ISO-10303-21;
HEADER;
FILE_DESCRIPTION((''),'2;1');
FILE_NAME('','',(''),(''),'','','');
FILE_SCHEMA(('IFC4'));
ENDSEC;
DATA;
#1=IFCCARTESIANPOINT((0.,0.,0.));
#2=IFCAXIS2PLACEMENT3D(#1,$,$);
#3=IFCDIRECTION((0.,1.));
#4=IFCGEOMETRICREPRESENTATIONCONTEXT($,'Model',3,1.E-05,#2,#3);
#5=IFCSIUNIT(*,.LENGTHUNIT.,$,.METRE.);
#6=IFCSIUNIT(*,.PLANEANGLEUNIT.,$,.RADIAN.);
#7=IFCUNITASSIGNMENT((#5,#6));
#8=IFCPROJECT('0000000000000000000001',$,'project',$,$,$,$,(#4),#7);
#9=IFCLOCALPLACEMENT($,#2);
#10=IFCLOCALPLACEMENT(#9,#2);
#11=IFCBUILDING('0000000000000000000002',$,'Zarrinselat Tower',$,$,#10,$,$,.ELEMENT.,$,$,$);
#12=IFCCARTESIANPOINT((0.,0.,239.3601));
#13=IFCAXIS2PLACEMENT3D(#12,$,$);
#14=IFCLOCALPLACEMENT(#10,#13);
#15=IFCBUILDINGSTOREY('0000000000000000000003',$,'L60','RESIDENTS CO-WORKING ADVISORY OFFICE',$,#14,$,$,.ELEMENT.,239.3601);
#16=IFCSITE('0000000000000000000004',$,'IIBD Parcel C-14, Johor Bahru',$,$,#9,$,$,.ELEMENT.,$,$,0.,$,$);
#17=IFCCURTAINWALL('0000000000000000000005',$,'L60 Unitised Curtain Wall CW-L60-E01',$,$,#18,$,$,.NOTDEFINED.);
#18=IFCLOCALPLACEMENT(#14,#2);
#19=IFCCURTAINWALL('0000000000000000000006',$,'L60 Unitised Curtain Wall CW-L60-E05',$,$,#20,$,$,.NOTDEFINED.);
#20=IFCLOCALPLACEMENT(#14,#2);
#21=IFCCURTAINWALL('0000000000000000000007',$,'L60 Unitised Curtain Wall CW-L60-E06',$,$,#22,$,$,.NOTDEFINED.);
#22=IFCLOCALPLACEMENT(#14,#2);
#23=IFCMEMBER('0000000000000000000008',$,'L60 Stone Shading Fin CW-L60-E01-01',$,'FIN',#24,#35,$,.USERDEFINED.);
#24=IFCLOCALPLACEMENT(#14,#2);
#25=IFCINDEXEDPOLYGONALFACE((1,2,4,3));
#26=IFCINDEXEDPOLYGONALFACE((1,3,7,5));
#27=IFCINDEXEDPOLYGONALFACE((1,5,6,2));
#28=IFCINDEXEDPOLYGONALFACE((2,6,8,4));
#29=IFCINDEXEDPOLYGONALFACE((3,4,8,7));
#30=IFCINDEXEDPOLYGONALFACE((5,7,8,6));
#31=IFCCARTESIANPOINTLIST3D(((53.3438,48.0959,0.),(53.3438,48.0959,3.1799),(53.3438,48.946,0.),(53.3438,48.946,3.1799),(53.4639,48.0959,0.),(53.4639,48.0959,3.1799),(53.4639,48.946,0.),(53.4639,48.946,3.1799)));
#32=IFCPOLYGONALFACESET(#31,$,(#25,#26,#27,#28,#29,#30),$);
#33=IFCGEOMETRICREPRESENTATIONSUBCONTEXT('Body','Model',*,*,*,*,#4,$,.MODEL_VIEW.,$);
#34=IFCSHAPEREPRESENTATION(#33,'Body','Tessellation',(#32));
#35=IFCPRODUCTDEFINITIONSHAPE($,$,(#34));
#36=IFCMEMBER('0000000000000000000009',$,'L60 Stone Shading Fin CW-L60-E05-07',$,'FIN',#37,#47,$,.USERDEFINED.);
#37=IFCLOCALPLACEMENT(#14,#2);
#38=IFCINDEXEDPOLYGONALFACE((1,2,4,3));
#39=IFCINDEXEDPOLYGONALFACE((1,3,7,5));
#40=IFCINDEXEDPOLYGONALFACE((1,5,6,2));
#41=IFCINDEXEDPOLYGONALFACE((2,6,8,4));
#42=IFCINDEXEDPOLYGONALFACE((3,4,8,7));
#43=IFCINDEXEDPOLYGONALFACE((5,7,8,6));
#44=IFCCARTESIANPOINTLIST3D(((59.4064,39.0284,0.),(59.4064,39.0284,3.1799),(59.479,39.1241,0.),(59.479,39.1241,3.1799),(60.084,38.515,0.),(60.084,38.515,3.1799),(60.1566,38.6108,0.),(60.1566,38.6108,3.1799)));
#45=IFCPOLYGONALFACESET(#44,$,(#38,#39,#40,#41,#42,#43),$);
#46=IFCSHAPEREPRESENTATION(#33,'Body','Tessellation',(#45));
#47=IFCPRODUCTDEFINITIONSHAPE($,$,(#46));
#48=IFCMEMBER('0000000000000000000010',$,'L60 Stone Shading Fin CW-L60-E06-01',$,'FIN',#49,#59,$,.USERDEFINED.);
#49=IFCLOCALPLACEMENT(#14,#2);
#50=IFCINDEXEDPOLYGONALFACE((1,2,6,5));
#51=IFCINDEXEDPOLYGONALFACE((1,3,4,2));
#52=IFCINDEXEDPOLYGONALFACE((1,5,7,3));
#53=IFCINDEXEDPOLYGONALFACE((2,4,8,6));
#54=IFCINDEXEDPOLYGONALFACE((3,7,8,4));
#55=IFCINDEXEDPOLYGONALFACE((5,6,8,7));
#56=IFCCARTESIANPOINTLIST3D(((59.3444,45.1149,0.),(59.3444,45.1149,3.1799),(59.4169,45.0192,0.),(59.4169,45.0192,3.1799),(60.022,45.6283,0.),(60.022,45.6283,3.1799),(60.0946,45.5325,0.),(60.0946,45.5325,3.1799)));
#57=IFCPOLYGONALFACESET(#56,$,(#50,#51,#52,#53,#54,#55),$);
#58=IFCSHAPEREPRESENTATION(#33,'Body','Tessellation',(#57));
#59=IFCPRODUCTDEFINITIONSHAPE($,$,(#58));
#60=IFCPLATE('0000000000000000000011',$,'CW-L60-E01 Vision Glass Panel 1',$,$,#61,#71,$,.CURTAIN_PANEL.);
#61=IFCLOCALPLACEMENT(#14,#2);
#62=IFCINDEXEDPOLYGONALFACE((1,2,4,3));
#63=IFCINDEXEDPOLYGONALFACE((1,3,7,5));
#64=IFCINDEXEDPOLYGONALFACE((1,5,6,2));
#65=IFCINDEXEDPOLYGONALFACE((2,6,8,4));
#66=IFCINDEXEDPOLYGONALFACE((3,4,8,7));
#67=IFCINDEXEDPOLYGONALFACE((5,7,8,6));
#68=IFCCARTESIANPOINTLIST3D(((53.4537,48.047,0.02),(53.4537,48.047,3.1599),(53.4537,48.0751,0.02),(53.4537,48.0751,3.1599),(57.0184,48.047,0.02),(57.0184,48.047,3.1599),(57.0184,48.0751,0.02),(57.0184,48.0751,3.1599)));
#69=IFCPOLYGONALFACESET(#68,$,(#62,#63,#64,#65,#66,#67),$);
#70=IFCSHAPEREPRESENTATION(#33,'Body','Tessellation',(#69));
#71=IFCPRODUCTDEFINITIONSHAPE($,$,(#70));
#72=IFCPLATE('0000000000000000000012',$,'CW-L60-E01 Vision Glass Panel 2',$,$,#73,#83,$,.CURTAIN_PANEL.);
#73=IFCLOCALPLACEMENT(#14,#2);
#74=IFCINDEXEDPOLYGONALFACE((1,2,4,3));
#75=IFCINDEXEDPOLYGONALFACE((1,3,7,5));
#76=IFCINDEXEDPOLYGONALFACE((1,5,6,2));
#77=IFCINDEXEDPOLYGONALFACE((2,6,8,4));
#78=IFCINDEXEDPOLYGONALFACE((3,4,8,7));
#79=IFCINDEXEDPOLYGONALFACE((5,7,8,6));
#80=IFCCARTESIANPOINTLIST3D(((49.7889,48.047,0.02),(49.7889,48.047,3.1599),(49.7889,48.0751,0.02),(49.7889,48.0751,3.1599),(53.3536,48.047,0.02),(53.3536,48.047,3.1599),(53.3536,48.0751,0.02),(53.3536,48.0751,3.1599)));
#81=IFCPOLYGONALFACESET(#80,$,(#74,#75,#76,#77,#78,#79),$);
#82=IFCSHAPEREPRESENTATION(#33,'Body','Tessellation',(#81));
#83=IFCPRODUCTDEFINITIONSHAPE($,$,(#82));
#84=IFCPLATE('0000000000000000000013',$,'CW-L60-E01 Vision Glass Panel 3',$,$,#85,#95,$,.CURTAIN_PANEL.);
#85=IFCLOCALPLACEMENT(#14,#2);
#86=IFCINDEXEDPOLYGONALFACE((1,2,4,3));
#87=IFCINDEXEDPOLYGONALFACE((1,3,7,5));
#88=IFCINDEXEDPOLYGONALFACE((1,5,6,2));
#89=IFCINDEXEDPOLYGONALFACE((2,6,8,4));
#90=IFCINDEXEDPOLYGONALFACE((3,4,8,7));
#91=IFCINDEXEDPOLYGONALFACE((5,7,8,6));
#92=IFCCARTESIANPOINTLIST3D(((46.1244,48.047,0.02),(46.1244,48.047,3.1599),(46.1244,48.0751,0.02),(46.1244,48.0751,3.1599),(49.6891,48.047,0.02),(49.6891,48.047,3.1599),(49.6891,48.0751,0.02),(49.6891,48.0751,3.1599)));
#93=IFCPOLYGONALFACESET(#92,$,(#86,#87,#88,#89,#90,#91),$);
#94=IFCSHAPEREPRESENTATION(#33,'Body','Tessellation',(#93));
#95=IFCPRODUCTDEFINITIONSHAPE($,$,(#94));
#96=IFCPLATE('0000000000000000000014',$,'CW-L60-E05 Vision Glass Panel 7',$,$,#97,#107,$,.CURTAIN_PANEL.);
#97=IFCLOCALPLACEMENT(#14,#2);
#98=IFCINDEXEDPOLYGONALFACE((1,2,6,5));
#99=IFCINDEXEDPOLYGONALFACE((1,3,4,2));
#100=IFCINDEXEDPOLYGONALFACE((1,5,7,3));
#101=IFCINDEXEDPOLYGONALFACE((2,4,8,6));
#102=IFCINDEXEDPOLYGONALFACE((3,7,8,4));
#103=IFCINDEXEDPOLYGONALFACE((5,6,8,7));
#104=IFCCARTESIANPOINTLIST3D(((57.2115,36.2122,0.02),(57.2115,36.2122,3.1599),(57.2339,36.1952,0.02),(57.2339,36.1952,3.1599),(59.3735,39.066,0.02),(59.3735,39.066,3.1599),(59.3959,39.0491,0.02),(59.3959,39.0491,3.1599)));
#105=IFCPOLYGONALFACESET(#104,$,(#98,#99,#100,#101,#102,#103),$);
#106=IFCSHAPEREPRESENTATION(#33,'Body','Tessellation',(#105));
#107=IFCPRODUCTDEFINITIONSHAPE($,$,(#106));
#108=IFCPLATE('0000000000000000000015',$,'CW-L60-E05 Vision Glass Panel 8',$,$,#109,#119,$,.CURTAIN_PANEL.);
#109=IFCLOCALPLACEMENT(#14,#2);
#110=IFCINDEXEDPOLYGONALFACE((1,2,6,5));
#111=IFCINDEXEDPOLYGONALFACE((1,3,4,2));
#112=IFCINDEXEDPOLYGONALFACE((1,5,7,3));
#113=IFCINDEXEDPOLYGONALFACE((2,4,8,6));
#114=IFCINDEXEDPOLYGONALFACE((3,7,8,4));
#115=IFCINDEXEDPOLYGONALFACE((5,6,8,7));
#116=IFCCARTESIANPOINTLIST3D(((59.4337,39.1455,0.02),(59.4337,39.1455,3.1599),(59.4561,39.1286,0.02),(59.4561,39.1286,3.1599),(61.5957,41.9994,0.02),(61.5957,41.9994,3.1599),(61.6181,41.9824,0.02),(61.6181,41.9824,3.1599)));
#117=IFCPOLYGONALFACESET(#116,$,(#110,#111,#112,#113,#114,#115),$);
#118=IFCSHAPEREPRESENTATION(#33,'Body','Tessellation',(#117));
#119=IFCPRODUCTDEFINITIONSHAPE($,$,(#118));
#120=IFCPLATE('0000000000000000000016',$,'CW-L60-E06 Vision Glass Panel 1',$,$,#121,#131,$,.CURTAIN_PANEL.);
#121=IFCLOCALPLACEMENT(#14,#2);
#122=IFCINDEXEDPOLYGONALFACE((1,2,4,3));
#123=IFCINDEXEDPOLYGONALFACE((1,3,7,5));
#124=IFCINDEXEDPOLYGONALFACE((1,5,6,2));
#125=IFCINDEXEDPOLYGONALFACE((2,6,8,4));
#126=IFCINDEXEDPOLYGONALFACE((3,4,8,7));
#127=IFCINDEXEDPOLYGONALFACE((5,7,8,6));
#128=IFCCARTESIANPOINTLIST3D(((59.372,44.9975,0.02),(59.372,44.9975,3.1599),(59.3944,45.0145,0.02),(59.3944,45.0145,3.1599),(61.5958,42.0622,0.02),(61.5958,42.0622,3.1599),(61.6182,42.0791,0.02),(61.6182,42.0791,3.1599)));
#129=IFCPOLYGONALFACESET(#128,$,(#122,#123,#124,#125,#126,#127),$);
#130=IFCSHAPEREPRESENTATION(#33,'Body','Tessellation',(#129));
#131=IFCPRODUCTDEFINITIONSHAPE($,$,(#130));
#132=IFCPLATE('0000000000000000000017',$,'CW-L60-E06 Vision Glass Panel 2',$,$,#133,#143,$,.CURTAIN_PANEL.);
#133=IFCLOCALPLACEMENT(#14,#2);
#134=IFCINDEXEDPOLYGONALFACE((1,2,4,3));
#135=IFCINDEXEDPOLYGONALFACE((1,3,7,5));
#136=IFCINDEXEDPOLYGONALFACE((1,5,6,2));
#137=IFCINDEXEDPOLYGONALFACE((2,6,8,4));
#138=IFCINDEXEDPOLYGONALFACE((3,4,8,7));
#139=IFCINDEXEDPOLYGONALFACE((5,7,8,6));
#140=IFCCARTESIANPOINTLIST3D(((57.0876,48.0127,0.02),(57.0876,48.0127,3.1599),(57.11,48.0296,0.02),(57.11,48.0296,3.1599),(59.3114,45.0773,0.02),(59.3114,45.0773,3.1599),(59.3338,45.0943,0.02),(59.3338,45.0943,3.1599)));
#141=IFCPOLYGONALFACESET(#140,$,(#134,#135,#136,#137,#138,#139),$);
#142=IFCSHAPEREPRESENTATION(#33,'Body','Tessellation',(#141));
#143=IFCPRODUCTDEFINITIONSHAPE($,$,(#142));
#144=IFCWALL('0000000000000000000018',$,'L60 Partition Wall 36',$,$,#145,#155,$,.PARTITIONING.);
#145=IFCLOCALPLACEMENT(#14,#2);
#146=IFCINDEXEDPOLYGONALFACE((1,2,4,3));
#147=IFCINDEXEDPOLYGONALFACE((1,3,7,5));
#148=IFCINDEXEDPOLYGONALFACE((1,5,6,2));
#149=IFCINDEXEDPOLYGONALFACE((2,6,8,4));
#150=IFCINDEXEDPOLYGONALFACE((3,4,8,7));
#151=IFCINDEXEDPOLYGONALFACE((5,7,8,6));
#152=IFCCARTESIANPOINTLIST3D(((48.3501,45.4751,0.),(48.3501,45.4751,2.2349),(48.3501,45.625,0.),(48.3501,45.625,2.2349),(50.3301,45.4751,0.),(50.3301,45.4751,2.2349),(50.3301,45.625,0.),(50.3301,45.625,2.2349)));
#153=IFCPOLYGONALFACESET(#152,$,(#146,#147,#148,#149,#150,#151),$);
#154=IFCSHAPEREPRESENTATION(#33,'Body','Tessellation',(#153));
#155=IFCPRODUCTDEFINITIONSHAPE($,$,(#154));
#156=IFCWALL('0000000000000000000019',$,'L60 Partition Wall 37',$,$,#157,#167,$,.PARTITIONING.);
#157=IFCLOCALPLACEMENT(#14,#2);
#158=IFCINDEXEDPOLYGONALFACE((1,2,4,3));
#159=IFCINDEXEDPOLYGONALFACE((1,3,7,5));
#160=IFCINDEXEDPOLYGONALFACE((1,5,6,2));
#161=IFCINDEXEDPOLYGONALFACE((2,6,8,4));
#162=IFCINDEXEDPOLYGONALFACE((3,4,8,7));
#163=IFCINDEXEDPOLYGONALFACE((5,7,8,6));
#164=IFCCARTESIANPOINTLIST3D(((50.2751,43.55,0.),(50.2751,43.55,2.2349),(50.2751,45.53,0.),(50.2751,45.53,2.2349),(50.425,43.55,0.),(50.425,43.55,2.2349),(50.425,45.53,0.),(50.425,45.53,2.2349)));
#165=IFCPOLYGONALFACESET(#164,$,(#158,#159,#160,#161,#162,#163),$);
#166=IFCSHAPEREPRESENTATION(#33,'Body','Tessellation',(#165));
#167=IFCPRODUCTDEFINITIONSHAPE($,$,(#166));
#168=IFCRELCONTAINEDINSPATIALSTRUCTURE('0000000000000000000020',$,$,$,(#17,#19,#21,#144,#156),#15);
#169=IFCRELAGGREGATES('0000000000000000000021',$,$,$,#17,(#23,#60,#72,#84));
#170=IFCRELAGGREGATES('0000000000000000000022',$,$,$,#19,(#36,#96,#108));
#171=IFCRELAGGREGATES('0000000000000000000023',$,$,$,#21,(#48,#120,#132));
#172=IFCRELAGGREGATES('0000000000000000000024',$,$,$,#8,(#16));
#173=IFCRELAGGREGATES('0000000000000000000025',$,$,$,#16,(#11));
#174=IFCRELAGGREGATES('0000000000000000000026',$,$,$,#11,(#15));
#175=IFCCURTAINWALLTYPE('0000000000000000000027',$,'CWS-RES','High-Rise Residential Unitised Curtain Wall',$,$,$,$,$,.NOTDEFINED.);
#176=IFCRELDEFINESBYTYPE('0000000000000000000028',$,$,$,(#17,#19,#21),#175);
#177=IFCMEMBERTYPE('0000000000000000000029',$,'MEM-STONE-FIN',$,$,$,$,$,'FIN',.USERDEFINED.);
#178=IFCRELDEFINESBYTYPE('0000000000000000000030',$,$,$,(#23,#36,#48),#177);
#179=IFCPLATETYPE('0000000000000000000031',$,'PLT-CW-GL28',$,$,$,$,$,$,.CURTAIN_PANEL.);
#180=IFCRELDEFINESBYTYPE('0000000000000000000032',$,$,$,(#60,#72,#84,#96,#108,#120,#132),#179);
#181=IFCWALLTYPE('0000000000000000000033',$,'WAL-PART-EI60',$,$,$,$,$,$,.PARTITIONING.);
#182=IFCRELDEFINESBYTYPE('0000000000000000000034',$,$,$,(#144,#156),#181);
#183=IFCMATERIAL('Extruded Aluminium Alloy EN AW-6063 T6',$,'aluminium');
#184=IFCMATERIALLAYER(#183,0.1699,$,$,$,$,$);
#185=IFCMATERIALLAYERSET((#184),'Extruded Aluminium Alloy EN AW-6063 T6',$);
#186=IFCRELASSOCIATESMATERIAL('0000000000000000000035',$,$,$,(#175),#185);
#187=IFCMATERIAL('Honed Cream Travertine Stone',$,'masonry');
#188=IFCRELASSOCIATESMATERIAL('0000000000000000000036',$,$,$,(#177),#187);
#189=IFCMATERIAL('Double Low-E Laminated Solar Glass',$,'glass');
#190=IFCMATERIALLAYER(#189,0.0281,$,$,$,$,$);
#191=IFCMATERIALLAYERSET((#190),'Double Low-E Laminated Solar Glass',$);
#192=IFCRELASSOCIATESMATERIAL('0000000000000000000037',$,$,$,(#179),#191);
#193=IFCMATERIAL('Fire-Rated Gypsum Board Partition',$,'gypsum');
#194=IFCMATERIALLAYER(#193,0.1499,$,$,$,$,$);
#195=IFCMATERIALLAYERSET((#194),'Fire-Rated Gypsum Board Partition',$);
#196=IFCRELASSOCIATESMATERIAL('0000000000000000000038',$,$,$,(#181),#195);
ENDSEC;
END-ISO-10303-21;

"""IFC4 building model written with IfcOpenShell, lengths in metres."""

from ifc_helpers import new_model, si_unit, direction, frame, frame_2d, origin, origin_2d, place, context, subcontext, project, spatial, rectangle, extrude, material, layer, layer_set, material_profile, profile_set, type_object, element, aggregate, save


model = new_model("IFC4")

# Units and contexts
model_context = context("Model", 3, precision=1e-05, world=origin(), true_north=direction((0.0, 1.0)))
body_context = subcontext(model_context, "Body", "Model", "MODEL_VIEW")
ifc_project = project(units=[si_unit("LENGTHUNIT", "METRE"), si_unit("PLANEANGLEUNIT", "RADIAN")], contexts=[model_context])

# Site, building, storey
site_placement = place(None, origin())
site = spatial("IfcSite", under=ifc_project, at=site_placement, Name="IIBD Parcel C-14, Johor Bahru", CompositionType="ELEMENT", RefElevation=0.0)
building_placement = place(site_placement, origin())
building = spatial("IfcBuilding", under=site, at=building_placement, Name="Zarrinselat Tower", CompositionType="ELEMENT")
storey_placement = place(building_placement, frame((0.0, 0.0, 239.3601)))
storey = spatial("IfcBuildingStorey", under=building, at=storey_placement, Name="L60", Description="RESIDENTS CO-WORKING ADVISORY OFFICE", CompositionType="ELEMENT", Elevation=239.3601)

# Curtain walls
ifc_material_1 = material(Name="Extruded Aluminium Alloy EN AW-6063 T6", Category="aluminium")
ifc_layer_1 = layer(ifc_material_1, 0.1699)
ifc_layer_set_1 = layer_set([ifc_layer_1], Name="Extruded Aluminium Alloy EN AW-6063 T6")
curtain_wall_type = type_object("IfcCurtainWallType", Name="CWS-RES", Description="High-Rise Residential Unitised Curtain Wall", PredefinedType="NOTDEFINED", material=ifc_layer_set_1)
curtain_wall_1_placement = place(storey_placement, origin())
curtain_wall_1 = element("IfcCurtainWall", 1, at=curtain_wall_1_placement, inside=storey, type_object=curtain_wall_type, Name="L60 Unitised Curtain Wall CW-L60-E01", PredefinedType="NOTDEFINED")
curtain_wall_2_placement = place(storey_placement, origin())
curtain_wall_2 = element("IfcCurtainWall", 2, at=curtain_wall_2_placement, inside=storey, type_object=curtain_wall_type, Name="L60 Unitised Curtain Wall CW-L60-E05", PredefinedType="NOTDEFINED")

# Curtain wall
curtain_wall_3_placement = place(storey_placement, origin())
curtain_wall_3 = element("IfcCurtainWall", 3, at=curtain_wall_3_placement, inside=storey, type_object=curtain_wall_type, Name="L60 Unitised Curtain Wall CW-L60-E06", PredefinedType="NOTDEFINED")

# Members
ifc_material_2 = material(Name="Honed Cream Travertine Stone", Category="masonry")
ifc_material_profile_1 = material_profile(ifc_material_2, rectangle(XDim=0.1201, YDim=0.8501, at=origin_2d()), Name="FIN 850x120")
ifc_profile_set_1 = profile_set([ifc_material_profile_1], Name="Honed Cream Travertine Stone")
member_type_1 = type_object("IfcMemberType", Name="MEM-STONE-FIN", ElementType="FIN", PredefinedType="USERDEFINED", material=ifc_profile_set_1)
member_1_placement = place(storey_placement, frame((53.4038, 48.521, 0.0), z_axis=(0.0, 0.0, 1.0), x_axis=(1.0, 0.0, 0.0)))
member_1 = element("IfcMember", 4, at=member_1_placement, type_object=member_type_1, Name="L60 Stone Shading Fin CW-L60-E01-01", ObjectType="FIN", PredefinedType="USERDEFINED", context=body_context, shape_type="SweptSolid", body=[
    extrude(rectangle(XDim=0.1201, YDim=0.8501, at=origin_2d()), origin(), (0.0, 0.0, 1.0), 3.1799),
])
member_2_placement = place(storey_placement, frame((59.7815, 38.8196, 0.0), z_axis=(0.0, 0.0, 1.0), x_axis=(-0.603858, -0.797092, 0.0)))
member_2 = element("IfcMember", 5, at=member_2_placement, type_object=member_type_1, Name="L60 Stone Shading Fin CW-L60-E05-07", ObjectType="FIN", PredefinedType="USERDEFINED", context=body_context, shape_type="SweptSolid", body=[
    extrude(rectangle(XDim=0.1201, YDim=0.8501, at=origin_2d()), origin(), (0.0, 0.0, 1.0), 3.1799),
])
member_3_placement = place(storey_placement, frame((59.7195, 45.3237, 0.0), z_axis=(0.0, 0.0, 1.0), x_axis=(0.603865, -0.797086, 0.0)))
member_3 = element("IfcMember", 6, at=member_3_placement, type_object=member_type_1, Name="L60 Stone Shading Fin CW-L60-E06-01", ObjectType="FIN", PredefinedType="USERDEFINED", context=body_context, shape_type="SweptSolid", body=[
    extrude(rectangle(XDim=0.1201, YDim=0.8501, at=origin_2d()), origin(), (0.0, 0.0, 1.0), 3.1799),
])

# Plates
ifc_material_3 = material(Name="Double Low-E Laminated Solar Glass", Category="glass")
ifc_layer_2 = layer(ifc_material_3, 0.0281)
ifc_layer_set_2 = layer_set([ifc_layer_2], Name="Double Low-E Laminated Solar Glass")
plate_type = type_object("IfcPlateType", Name="PLT-CW-GL28", PredefinedType="CURTAIN_PANEL", material=ifc_layer_set_2)
plate_1_placement = place(storey_placement, frame((55.2361, 48.061, 0.02), z_axis=(0.0, 0.0, 1.0), x_axis=(-1.0, 0.0, 0.0)))
plate_1 = element("IfcPlate", 7, at=plate_1_placement, type_object=plate_type, Name="CW-L60-E01 Vision Glass Panel 1", PredefinedType="CURTAIN_PANEL", context=body_context, shape_type="SweptSolid", body=[
    extrude(rectangle(XDim=3.5647, YDim=0.0281, at=origin_2d()), origin(), (0.0, 0.0, 1.0), 3.1399),
])
plate_2_placement = place(storey_placement, frame((51.5713, 48.061, 0.02), z_axis=(0.0, 0.0, 1.0), x_axis=(-1.0, 0.0, 0.0)))
plate_2 = element("IfcPlate", 8, at=plate_2_placement, type_object=plate_type, Name="CW-L60-E01 Vision Glass Panel 2", PredefinedType="CURTAIN_PANEL", context=body_context, shape_type="SweptSolid", body=[
    extrude(rectangle(XDim=3.5647, YDim=0.0281, at=origin_2d()), origin(), (0.0, 0.0, 1.0), 3.1399),
])
plate_3_placement = place(storey_placement, frame((47.9067, 48.061, 0.02), z_axis=(0.0, 0.0, 1.0), x_axis=(-1.0, 0.0, 0.0)))
plate_3 = element("IfcPlate", 9, at=plate_3_placement, type_object=plate_type, Name="CW-L60-E01 Vision Glass Panel 3", PredefinedType="CURTAIN_PANEL", context=body_context, shape_type="SweptSolid", body=[
    extrude(rectangle(XDim=3.5647, YDim=0.0281, at=origin_2d()), origin(), (0.0, 0.0, 1.0), 3.1399),
])
aggregate(curtain_wall_1, [member_1, plate_1, plate_2, plate_3])
plate_4_placement = place(storey_placement, frame((58.3037, 37.6306, 0.02), z_axis=(0.0, 0.0, 1.0), x_axis=(0.603858, 0.797092, 0.0)))
plate_4 = element("IfcPlate", 10, at=plate_4_placement, type_object=plate_type, Name="CW-L60-E05 Vision Glass Panel 7", PredefinedType="CURTAIN_PANEL", context=body_context, shape_type="SweptSolid", body=[
    extrude(rectangle(XDim=3.5803, YDim=0.0281, at=origin_2d()), origin(), (0.0, 0.0, 1.0), 3.1399),
])
plate_5_placement = place(storey_placement, frame((60.5259, 40.564, 0.02), z_axis=(0.0, 0.0, 1.0), x_axis=(0.603858, 0.797092, 0.0)))
plate_5 = element("IfcPlate", 11, at=plate_5_placement, type_object=plate_type, Name="CW-L60-E05 Vision Glass Panel 8", PredefinedType="CURTAIN_PANEL", context=body_context, shape_type="SweptSolid", body=[
    extrude(rectangle(XDim=3.5803, YDim=0.0281, at=origin_2d()), origin(), (0.0, 0.0, 1.0), 3.1399),
])
aggregate(curtain_wall_2, [member_2, plate_4, plate_5])
plate_6_placement = place(storey_placement, frame((60.4951, 43.5383, 0.02), z_axis=(0.0, 0.0, 1.0), x_axis=(-0.603865, 0.797086, 0.0)))
plate_6 = element("IfcPlate", 12, at=plate_6_placement, type_object=plate_type, Name="CW-L60-E06 Vision Glass Panel 1", PredefinedType="CURTAIN_PANEL", context=body_context, shape_type="SweptSolid", body=[
    extrude(rectangle(XDim=3.6826, YDim=0.0281, at=origin_2d()), origin(), (0.0, 0.0, 1.0), 3.1399),
])
plate_7_placement = place(storey_placement, frame((58.2107, 46.5535, 0.02), z_axis=(0.0, 0.0, 1.0), x_axis=(-0.603865, 0.797086, 0.0)))
plate_7 = element("IfcPlate", 13, at=plate_7_placement, type_object=plate_type, Name="CW-L60-E06 Vision Glass Panel 2", PredefinedType="CURTAIN_PANEL", context=body_context, shape_type="SweptSolid", body=[
    extrude(rectangle(XDim=3.6826, YDim=0.0281, at=origin_2d()), origin(), (0.0, 0.0, 1.0), 3.1399),
])
aggregate(curtain_wall_3, [member_3, plate_6, plate_7])

# Walls
ifc_material_4 = material(Name="Fire-Rated Gypsum Board Partition", Category="gypsum")
ifc_layer_3 = layer(ifc_material_4, 0.1499)
ifc_layer_set_3 = layer_set([ifc_layer_3], Name="Fire-Rated Gypsum Board Partition")
wall_type = type_object("IfcWallType", Name="WAL-PART-EI60", PredefinedType="PARTITIONING", material=ifc_layer_set_3)
for number, where, z_axis, x_axis, name in (
    (14, (48.3501, 45.55, 0.0), (0.0, 0.0, 1.0), (1.0, 0.0, 0.0), "L60 Partition Wall 36"),
    (15, (50.3501, 43.55, 0.0), (0.0, 0.0, 1.0), (0.0, 1.0, 0.0), "L60 Partition Wall 37"),
):
    element("IfcWall", number, at=place(storey_placement, frame(where, z_axis=z_axis, x_axis=x_axis)), inside=storey, type_object=wall_type, Name=name, PredefinedType="PARTITIONING", context=body_context, shape_type="SweptSolid", body=[
        extrude(rectangle(XDim=1.98, YDim=0.1499, at=frame_2d((0.99, 0.0))), origin(), (0.0, 0.0, 1.0), 2.2349),
    ])

save(model, "model.ifc")
